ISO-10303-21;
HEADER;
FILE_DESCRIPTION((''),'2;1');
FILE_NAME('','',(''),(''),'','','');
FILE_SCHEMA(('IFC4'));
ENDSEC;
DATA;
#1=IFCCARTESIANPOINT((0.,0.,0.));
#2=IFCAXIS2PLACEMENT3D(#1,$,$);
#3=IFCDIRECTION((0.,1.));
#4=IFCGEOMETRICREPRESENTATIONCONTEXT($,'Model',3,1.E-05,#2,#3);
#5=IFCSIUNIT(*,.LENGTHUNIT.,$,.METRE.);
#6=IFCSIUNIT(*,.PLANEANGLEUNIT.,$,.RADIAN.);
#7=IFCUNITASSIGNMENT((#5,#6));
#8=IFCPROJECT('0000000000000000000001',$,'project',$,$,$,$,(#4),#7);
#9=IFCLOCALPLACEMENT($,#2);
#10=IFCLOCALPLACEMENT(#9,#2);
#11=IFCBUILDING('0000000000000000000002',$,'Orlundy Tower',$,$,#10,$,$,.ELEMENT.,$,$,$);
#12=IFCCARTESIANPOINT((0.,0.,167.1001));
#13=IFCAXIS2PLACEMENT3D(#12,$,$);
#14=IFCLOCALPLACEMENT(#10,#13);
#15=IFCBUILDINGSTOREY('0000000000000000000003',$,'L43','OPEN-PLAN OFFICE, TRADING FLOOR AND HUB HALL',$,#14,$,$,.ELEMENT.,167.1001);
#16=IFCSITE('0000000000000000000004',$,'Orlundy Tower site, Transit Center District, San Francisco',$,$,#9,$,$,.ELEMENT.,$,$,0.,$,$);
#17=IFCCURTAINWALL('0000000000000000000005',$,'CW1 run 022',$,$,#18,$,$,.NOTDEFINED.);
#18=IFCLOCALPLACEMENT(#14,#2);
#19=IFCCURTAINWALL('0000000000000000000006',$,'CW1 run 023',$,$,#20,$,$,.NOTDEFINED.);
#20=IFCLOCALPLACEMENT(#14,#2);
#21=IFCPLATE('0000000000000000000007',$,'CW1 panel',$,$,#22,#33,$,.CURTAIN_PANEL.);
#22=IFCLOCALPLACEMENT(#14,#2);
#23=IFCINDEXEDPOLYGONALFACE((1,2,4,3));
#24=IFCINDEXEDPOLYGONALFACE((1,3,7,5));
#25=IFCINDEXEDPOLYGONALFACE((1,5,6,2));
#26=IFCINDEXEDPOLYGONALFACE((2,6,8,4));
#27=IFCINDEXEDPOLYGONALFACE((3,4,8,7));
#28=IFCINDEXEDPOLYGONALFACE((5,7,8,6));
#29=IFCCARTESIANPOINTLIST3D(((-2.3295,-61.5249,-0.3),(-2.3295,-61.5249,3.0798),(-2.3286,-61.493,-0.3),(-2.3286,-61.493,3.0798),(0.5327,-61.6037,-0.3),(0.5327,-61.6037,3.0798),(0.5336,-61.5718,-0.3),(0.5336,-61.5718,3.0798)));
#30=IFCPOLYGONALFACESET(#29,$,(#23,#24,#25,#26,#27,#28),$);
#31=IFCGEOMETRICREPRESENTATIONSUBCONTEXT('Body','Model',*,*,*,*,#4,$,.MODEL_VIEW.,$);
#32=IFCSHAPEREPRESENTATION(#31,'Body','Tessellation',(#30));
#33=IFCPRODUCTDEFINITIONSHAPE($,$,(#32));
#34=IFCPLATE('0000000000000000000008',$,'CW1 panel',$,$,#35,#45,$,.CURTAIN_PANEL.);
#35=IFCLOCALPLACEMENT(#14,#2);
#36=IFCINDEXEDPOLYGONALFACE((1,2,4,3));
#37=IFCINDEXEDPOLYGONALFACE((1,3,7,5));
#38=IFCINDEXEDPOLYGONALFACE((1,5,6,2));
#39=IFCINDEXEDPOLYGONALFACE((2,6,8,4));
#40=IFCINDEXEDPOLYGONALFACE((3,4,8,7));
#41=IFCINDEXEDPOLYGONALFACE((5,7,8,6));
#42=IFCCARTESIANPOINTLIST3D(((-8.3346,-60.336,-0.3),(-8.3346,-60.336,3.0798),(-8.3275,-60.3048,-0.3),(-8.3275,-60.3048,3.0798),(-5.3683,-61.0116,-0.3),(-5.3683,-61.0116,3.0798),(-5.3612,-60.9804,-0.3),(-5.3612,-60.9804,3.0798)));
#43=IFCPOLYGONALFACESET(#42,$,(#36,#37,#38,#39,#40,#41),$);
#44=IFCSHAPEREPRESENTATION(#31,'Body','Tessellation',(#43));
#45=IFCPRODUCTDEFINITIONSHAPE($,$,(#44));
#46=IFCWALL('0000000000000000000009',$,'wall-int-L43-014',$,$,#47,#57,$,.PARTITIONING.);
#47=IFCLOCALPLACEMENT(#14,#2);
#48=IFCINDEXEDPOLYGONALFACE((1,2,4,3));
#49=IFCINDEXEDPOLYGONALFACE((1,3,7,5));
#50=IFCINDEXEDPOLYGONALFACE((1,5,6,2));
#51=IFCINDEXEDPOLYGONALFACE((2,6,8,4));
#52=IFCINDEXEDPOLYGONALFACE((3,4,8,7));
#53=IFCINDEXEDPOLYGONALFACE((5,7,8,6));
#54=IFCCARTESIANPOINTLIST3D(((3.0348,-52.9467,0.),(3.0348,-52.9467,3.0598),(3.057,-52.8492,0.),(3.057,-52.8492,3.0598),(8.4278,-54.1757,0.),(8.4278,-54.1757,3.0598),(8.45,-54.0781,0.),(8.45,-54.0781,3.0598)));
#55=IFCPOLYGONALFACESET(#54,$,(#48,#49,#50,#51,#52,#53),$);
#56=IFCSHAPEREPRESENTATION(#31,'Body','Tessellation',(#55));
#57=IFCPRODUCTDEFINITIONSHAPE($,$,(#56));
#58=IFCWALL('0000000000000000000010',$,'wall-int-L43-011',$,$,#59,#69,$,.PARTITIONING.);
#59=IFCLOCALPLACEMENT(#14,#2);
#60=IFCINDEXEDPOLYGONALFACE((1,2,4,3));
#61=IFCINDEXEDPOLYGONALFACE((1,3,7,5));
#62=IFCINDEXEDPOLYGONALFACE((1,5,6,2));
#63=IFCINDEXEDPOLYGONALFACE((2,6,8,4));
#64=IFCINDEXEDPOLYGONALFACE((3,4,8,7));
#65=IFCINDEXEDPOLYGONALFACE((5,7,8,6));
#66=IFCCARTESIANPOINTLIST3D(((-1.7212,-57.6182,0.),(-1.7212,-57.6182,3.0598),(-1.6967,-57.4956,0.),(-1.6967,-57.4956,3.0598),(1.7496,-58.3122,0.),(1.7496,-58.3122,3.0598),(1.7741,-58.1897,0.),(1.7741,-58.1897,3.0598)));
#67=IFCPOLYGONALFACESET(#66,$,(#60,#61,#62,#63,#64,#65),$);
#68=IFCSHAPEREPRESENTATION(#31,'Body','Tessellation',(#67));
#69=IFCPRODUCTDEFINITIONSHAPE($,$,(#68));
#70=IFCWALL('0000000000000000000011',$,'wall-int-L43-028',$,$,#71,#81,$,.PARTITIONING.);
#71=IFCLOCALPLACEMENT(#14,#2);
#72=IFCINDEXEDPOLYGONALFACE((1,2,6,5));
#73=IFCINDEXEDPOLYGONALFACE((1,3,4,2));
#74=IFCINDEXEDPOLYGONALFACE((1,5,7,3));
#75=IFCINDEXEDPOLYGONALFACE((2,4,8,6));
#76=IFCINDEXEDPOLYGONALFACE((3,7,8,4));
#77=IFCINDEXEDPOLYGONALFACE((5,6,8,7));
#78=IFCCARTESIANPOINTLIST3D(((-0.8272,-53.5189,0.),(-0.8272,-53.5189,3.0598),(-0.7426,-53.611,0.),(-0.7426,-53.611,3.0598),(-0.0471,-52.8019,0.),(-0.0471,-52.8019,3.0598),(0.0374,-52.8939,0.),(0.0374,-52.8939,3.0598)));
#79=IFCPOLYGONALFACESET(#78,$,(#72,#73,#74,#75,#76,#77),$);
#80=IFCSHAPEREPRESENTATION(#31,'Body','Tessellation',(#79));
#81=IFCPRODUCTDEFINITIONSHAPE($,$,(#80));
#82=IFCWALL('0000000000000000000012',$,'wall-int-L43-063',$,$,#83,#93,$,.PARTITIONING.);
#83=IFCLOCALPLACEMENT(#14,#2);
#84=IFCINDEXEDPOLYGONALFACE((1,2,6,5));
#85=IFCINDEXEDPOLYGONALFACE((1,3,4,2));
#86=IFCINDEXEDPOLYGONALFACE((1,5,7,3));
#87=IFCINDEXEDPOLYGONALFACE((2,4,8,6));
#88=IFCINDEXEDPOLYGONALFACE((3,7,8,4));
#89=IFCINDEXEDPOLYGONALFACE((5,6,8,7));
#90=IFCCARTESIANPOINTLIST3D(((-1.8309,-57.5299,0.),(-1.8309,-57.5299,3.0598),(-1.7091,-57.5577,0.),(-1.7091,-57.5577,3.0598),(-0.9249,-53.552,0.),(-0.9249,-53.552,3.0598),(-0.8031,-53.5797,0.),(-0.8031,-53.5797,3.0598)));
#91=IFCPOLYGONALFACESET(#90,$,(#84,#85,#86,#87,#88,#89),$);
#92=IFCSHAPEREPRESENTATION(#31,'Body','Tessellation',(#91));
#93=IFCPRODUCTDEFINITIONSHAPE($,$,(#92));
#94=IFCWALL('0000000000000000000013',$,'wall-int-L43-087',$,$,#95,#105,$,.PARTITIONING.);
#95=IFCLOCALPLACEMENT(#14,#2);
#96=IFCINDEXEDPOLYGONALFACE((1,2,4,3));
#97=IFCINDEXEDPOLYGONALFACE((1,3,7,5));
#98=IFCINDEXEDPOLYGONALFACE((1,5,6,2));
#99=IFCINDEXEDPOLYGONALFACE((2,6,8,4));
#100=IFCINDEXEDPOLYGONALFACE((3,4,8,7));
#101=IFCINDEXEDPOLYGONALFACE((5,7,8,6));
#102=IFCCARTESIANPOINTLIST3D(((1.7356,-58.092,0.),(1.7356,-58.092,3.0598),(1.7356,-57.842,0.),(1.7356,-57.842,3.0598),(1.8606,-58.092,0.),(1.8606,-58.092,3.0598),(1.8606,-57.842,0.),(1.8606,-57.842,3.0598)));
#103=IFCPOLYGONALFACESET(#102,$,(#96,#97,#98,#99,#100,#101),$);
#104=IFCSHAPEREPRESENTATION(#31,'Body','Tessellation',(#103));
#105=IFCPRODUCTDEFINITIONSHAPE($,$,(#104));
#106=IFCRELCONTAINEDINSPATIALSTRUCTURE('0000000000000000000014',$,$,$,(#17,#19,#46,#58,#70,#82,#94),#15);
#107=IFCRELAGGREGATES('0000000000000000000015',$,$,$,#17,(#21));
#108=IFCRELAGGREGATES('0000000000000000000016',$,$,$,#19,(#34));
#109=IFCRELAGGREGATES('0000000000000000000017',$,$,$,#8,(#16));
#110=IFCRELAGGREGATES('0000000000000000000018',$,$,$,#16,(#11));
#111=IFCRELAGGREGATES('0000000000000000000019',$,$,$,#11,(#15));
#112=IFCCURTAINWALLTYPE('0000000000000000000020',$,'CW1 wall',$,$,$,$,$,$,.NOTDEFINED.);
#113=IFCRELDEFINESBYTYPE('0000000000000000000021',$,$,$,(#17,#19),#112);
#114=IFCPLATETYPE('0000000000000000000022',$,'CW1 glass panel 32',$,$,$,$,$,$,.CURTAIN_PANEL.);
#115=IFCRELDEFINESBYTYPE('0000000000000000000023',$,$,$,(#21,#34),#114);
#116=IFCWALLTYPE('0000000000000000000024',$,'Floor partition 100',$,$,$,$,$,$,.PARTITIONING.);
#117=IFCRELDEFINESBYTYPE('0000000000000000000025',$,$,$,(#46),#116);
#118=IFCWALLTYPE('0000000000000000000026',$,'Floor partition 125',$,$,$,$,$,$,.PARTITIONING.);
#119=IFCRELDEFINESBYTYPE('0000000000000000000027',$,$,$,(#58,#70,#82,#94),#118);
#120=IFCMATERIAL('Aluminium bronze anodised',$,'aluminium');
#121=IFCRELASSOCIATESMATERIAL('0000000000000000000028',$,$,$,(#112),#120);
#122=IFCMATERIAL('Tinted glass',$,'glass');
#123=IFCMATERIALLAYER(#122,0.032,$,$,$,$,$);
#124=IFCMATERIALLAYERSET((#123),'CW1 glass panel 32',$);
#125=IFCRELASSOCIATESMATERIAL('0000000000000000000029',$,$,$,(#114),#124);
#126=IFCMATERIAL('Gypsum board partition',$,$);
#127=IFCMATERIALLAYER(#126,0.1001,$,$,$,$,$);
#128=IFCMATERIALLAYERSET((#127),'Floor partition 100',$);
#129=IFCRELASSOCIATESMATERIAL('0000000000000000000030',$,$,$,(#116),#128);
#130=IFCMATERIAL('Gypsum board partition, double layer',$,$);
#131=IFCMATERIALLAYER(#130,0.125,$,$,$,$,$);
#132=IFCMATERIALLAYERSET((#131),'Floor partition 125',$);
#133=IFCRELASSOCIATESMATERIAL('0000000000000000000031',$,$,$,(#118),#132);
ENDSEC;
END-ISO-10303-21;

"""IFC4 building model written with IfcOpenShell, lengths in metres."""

from ifc_helpers import new_model, si_unit, direction, frame, frame_2d, origin, origin_2d, place, context, subcontext, project, spatial, rectangle, extrude, material, layer, layer_set, type_object, element, aggregate, save


model = new_model("IFC4")

# Units and contexts
model_context = context("Model", 3, precision=1e-05, world=origin(), true_north=direction((0.0, 1.0)))
body_context = subcontext(model_context, "Body", "Model", "MODEL_VIEW")
ifc_project = project(units=[si_unit("LENGTHUNIT", "METRE"), si_unit("PLANEANGLEUNIT", "RADIAN")], contexts=[model_context])

# Site, building, storey
site_placement = place(None, origin())
site = spatial("IfcSite", under=ifc_project, at=site_placement, Name="Orlundy Tower site, Transit Center District, San Francisco", CompositionType="ELEMENT", RefElevation=0.0)
building_placement = place(site_placement, origin())
building = spatial("IfcBuilding", under=site, at=building_placement, Name="Orlundy Tower", CompositionType="ELEMENT")
storey_placement = place(building_placement, frame((0.0, 0.0, 167.1001)))
storey = spatial("IfcBuildingStorey", under=building, at=storey_placement, Name="L43", Description="OPEN-PLAN OFFICE, TRADING FLOOR AND HUB HALL", CompositionType="ELEMENT", Elevation=167.1001)

# Curtain walls
ifc_material_1 = material(Name="Aluminium bronze anodised", Category="aluminium")
curtain_wall_type = type_object("IfcCurtainWallType", Name="CW1 wall", PredefinedType="NOTDEFINED", material=ifc_material_1)
curtain_wall_1_placement = place(storey_placement, origin())
curtain_wall_1 = element("IfcCurtainWall", 1, at=curtain_wall_1_placement, inside=storey, type_object=curtain_wall_type, Name="CW1 run 022", PredefinedType="NOTDEFINED")
curtain_wall_2_placement = place(storey_placement, origin())
curtain_wall_2 = element("IfcCurtainWall", 2, at=curtain_wall_2_placement, inside=storey, type_object=curtain_wall_type, Name="CW1 run 023", PredefinedType="NOTDEFINED")

# Plates
ifc_material_2 = material(Name="Tinted glass", Category="glass")
ifc_layer_1 = layer(ifc_material_2, 0.032)
ifc_layer_set_1 = layer_set([ifc_layer_1], Name="CW1 glass panel 32")
plate_type = type_object("IfcPlateType", Name="CW1 glass panel 32", PredefinedType="CURTAIN_PANEL", material=ifc_layer_set_1)
plate_1_placement = place(storey_placement, frame((-0.8979, -61.5483, -0.3), z_axis=(0.0, 0.0, 1.0), x_axis=(-0.999621, 0.02752, 0.0)))
plate_1 = element("IfcPlate", 3, at=plate_1_placement, type_object=plate_type, Name="CW1 panel", PredefinedType="CURTAIN_PANEL", context=body_context, shape_type="SweptSolid", body=[
    extrude(rectangle(XDim=2.8633, YDim=0.032, at=origin_2d()), origin(), (0.0, 0.0, 1.0), 3.3799),
])
aggregate(curtain_wall_1, [plate_1])
plate_2_placement = place(storey_placement, frame((-6.8479, -60.6582, -0.3), z_axis=(0.0, 0.0, 1.0), x_axis=(-0.975026, 0.22209, 0.0)))
plate_2 = element("IfcPlate", 4, at=plate_2_placement, type_object=plate_type, Name="CW1 panel", PredefinedType="CURTAIN_PANEL", context=body_context, shape_type="SweptSolid", body=[
    extrude(rectangle(XDim=3.0422, YDim=0.032, at=origin_2d()), origin(), (0.0, 0.0, 1.0), 3.3799),
])
aggregate(curtain_wall_2, [plate_2])

# Walls
ifc_material_3 = material(Name="Gypsum board partition")
ifc_layer_2 = layer(ifc_material_3, 0.1001)
ifc_layer_set_2 = layer_set([ifc_layer_2], Name="Floor partition 100")
wall_type_1 = type_object("IfcWallType", Name="Floor partition 100", PredefinedType="PARTITIONING", material=ifc_layer_set_2)
wall_1_placement = place(storey_placement, frame((3.0459, -52.8979, 0.0), z_axis=(0.0, 0.0, 1.0), x_axis=(0.975003, -0.22219, 0.0)))
element("IfcWall", 5, at=wall_1_placement, inside=storey, type_object=wall_type_1, Name="wall-int-L43-014", PredefinedType="PARTITIONING", context=body_context, shape_type="SweptSolid", body=[
    extrude(rectangle(XDim=5.5312, YDim=0.1001, at=frame_2d((2.7656, 0.0))), origin(), (0.0, 0.0, 1.0), 3.0598),
])
ifc_material_4 = material(Name="Gypsum board partition, double layer")
ifc_layer_3 = layer(ifc_material_4, 0.125)
ifc_layer_set_3 = layer_set([ifc_layer_3], Name="Floor partition 125")
wall_type_2 = type_object("IfcWallType", Name="Floor partition 125", PredefinedType="PARTITIONING", material=ifc_layer_set_3)
wall_2_placement = place(storey_placement, frame((-1.709, -57.5569, 0.0), z_axis=(0.0, 0.0, 1.0), x_axis=(0.980586, -0.19609, 0.0)))
element("IfcWall", 6, at=wall_2_placement, inside=storey, type_object=wall_type_2, Name="wall-int-L43-011", PredefinedType="PARTITIONING", context=body_context, shape_type="SweptSolid", body=[
    extrude(rectangle(XDim=3.5396, YDim=0.125, at=frame_2d((1.7698, 0.0))), origin(), (0.0, 0.0, 1.0), 3.0598),
])
wall_3_placement = place(storey_placement, frame((-0.7849, -53.5649, 0.0), z_axis=(0.0, 0.0, 1.0), x_axis=(0.736207, 0.676757, 0.0)))
element("IfcWall", 7, at=wall_3_placement, inside=storey, type_object=wall_type_2, Name="wall-int-L43-028", PredefinedType="PARTITIONING", context=body_context, shape_type="SweptSolid", body=[
    extrude(rectangle(XDim=1.0596, YDim=0.125, at=frame_2d((0.5298, 0.0))), origin(), (0.0, 0.0, 1.0), 3.0598),
])
wall_4_placement = place(storey_placement, frame((-1.77, -57.5439, 0.0), z_axis=(0.0, 0.0, 1.0), x_axis=(0.222066, 0.975032, 0.0)))
element("IfcWall", 8, at=wall_4_placement, inside=storey, type_object=wall_type_2, Name="wall-int-L43-063", PredefinedType="PARTITIONING", context=body_context, shape_type="SweptSolid", body=[
    extrude(rectangle(XDim=4.0798, YDim=0.125, at=frame_2d((2.04, 0.0))), origin(), (0.0, 0.0, 1.0), 3.0598),
])
wall_5_placement = place(storey_placement, frame((1.7981, -58.092, 0.0), z_axis=(0.0, 0.0, 1.0), x_axis=(0.0, 1.0, 0.0)))
element("IfcWall", 9, at=wall_5_placement, inside=storey, type_object=wall_type_2, Name="wall-int-L43-087", PredefinedType="PARTITIONING", context=body_context, shape_type="SweptSolid", body=[
    extrude(rectangle(XDim=0.25, YDim=0.125, at=frame_2d((0.125, 0.0))), origin(), (0.0, 0.0, 1.0), 3.0598),
])

save(model, "model.ifc")
